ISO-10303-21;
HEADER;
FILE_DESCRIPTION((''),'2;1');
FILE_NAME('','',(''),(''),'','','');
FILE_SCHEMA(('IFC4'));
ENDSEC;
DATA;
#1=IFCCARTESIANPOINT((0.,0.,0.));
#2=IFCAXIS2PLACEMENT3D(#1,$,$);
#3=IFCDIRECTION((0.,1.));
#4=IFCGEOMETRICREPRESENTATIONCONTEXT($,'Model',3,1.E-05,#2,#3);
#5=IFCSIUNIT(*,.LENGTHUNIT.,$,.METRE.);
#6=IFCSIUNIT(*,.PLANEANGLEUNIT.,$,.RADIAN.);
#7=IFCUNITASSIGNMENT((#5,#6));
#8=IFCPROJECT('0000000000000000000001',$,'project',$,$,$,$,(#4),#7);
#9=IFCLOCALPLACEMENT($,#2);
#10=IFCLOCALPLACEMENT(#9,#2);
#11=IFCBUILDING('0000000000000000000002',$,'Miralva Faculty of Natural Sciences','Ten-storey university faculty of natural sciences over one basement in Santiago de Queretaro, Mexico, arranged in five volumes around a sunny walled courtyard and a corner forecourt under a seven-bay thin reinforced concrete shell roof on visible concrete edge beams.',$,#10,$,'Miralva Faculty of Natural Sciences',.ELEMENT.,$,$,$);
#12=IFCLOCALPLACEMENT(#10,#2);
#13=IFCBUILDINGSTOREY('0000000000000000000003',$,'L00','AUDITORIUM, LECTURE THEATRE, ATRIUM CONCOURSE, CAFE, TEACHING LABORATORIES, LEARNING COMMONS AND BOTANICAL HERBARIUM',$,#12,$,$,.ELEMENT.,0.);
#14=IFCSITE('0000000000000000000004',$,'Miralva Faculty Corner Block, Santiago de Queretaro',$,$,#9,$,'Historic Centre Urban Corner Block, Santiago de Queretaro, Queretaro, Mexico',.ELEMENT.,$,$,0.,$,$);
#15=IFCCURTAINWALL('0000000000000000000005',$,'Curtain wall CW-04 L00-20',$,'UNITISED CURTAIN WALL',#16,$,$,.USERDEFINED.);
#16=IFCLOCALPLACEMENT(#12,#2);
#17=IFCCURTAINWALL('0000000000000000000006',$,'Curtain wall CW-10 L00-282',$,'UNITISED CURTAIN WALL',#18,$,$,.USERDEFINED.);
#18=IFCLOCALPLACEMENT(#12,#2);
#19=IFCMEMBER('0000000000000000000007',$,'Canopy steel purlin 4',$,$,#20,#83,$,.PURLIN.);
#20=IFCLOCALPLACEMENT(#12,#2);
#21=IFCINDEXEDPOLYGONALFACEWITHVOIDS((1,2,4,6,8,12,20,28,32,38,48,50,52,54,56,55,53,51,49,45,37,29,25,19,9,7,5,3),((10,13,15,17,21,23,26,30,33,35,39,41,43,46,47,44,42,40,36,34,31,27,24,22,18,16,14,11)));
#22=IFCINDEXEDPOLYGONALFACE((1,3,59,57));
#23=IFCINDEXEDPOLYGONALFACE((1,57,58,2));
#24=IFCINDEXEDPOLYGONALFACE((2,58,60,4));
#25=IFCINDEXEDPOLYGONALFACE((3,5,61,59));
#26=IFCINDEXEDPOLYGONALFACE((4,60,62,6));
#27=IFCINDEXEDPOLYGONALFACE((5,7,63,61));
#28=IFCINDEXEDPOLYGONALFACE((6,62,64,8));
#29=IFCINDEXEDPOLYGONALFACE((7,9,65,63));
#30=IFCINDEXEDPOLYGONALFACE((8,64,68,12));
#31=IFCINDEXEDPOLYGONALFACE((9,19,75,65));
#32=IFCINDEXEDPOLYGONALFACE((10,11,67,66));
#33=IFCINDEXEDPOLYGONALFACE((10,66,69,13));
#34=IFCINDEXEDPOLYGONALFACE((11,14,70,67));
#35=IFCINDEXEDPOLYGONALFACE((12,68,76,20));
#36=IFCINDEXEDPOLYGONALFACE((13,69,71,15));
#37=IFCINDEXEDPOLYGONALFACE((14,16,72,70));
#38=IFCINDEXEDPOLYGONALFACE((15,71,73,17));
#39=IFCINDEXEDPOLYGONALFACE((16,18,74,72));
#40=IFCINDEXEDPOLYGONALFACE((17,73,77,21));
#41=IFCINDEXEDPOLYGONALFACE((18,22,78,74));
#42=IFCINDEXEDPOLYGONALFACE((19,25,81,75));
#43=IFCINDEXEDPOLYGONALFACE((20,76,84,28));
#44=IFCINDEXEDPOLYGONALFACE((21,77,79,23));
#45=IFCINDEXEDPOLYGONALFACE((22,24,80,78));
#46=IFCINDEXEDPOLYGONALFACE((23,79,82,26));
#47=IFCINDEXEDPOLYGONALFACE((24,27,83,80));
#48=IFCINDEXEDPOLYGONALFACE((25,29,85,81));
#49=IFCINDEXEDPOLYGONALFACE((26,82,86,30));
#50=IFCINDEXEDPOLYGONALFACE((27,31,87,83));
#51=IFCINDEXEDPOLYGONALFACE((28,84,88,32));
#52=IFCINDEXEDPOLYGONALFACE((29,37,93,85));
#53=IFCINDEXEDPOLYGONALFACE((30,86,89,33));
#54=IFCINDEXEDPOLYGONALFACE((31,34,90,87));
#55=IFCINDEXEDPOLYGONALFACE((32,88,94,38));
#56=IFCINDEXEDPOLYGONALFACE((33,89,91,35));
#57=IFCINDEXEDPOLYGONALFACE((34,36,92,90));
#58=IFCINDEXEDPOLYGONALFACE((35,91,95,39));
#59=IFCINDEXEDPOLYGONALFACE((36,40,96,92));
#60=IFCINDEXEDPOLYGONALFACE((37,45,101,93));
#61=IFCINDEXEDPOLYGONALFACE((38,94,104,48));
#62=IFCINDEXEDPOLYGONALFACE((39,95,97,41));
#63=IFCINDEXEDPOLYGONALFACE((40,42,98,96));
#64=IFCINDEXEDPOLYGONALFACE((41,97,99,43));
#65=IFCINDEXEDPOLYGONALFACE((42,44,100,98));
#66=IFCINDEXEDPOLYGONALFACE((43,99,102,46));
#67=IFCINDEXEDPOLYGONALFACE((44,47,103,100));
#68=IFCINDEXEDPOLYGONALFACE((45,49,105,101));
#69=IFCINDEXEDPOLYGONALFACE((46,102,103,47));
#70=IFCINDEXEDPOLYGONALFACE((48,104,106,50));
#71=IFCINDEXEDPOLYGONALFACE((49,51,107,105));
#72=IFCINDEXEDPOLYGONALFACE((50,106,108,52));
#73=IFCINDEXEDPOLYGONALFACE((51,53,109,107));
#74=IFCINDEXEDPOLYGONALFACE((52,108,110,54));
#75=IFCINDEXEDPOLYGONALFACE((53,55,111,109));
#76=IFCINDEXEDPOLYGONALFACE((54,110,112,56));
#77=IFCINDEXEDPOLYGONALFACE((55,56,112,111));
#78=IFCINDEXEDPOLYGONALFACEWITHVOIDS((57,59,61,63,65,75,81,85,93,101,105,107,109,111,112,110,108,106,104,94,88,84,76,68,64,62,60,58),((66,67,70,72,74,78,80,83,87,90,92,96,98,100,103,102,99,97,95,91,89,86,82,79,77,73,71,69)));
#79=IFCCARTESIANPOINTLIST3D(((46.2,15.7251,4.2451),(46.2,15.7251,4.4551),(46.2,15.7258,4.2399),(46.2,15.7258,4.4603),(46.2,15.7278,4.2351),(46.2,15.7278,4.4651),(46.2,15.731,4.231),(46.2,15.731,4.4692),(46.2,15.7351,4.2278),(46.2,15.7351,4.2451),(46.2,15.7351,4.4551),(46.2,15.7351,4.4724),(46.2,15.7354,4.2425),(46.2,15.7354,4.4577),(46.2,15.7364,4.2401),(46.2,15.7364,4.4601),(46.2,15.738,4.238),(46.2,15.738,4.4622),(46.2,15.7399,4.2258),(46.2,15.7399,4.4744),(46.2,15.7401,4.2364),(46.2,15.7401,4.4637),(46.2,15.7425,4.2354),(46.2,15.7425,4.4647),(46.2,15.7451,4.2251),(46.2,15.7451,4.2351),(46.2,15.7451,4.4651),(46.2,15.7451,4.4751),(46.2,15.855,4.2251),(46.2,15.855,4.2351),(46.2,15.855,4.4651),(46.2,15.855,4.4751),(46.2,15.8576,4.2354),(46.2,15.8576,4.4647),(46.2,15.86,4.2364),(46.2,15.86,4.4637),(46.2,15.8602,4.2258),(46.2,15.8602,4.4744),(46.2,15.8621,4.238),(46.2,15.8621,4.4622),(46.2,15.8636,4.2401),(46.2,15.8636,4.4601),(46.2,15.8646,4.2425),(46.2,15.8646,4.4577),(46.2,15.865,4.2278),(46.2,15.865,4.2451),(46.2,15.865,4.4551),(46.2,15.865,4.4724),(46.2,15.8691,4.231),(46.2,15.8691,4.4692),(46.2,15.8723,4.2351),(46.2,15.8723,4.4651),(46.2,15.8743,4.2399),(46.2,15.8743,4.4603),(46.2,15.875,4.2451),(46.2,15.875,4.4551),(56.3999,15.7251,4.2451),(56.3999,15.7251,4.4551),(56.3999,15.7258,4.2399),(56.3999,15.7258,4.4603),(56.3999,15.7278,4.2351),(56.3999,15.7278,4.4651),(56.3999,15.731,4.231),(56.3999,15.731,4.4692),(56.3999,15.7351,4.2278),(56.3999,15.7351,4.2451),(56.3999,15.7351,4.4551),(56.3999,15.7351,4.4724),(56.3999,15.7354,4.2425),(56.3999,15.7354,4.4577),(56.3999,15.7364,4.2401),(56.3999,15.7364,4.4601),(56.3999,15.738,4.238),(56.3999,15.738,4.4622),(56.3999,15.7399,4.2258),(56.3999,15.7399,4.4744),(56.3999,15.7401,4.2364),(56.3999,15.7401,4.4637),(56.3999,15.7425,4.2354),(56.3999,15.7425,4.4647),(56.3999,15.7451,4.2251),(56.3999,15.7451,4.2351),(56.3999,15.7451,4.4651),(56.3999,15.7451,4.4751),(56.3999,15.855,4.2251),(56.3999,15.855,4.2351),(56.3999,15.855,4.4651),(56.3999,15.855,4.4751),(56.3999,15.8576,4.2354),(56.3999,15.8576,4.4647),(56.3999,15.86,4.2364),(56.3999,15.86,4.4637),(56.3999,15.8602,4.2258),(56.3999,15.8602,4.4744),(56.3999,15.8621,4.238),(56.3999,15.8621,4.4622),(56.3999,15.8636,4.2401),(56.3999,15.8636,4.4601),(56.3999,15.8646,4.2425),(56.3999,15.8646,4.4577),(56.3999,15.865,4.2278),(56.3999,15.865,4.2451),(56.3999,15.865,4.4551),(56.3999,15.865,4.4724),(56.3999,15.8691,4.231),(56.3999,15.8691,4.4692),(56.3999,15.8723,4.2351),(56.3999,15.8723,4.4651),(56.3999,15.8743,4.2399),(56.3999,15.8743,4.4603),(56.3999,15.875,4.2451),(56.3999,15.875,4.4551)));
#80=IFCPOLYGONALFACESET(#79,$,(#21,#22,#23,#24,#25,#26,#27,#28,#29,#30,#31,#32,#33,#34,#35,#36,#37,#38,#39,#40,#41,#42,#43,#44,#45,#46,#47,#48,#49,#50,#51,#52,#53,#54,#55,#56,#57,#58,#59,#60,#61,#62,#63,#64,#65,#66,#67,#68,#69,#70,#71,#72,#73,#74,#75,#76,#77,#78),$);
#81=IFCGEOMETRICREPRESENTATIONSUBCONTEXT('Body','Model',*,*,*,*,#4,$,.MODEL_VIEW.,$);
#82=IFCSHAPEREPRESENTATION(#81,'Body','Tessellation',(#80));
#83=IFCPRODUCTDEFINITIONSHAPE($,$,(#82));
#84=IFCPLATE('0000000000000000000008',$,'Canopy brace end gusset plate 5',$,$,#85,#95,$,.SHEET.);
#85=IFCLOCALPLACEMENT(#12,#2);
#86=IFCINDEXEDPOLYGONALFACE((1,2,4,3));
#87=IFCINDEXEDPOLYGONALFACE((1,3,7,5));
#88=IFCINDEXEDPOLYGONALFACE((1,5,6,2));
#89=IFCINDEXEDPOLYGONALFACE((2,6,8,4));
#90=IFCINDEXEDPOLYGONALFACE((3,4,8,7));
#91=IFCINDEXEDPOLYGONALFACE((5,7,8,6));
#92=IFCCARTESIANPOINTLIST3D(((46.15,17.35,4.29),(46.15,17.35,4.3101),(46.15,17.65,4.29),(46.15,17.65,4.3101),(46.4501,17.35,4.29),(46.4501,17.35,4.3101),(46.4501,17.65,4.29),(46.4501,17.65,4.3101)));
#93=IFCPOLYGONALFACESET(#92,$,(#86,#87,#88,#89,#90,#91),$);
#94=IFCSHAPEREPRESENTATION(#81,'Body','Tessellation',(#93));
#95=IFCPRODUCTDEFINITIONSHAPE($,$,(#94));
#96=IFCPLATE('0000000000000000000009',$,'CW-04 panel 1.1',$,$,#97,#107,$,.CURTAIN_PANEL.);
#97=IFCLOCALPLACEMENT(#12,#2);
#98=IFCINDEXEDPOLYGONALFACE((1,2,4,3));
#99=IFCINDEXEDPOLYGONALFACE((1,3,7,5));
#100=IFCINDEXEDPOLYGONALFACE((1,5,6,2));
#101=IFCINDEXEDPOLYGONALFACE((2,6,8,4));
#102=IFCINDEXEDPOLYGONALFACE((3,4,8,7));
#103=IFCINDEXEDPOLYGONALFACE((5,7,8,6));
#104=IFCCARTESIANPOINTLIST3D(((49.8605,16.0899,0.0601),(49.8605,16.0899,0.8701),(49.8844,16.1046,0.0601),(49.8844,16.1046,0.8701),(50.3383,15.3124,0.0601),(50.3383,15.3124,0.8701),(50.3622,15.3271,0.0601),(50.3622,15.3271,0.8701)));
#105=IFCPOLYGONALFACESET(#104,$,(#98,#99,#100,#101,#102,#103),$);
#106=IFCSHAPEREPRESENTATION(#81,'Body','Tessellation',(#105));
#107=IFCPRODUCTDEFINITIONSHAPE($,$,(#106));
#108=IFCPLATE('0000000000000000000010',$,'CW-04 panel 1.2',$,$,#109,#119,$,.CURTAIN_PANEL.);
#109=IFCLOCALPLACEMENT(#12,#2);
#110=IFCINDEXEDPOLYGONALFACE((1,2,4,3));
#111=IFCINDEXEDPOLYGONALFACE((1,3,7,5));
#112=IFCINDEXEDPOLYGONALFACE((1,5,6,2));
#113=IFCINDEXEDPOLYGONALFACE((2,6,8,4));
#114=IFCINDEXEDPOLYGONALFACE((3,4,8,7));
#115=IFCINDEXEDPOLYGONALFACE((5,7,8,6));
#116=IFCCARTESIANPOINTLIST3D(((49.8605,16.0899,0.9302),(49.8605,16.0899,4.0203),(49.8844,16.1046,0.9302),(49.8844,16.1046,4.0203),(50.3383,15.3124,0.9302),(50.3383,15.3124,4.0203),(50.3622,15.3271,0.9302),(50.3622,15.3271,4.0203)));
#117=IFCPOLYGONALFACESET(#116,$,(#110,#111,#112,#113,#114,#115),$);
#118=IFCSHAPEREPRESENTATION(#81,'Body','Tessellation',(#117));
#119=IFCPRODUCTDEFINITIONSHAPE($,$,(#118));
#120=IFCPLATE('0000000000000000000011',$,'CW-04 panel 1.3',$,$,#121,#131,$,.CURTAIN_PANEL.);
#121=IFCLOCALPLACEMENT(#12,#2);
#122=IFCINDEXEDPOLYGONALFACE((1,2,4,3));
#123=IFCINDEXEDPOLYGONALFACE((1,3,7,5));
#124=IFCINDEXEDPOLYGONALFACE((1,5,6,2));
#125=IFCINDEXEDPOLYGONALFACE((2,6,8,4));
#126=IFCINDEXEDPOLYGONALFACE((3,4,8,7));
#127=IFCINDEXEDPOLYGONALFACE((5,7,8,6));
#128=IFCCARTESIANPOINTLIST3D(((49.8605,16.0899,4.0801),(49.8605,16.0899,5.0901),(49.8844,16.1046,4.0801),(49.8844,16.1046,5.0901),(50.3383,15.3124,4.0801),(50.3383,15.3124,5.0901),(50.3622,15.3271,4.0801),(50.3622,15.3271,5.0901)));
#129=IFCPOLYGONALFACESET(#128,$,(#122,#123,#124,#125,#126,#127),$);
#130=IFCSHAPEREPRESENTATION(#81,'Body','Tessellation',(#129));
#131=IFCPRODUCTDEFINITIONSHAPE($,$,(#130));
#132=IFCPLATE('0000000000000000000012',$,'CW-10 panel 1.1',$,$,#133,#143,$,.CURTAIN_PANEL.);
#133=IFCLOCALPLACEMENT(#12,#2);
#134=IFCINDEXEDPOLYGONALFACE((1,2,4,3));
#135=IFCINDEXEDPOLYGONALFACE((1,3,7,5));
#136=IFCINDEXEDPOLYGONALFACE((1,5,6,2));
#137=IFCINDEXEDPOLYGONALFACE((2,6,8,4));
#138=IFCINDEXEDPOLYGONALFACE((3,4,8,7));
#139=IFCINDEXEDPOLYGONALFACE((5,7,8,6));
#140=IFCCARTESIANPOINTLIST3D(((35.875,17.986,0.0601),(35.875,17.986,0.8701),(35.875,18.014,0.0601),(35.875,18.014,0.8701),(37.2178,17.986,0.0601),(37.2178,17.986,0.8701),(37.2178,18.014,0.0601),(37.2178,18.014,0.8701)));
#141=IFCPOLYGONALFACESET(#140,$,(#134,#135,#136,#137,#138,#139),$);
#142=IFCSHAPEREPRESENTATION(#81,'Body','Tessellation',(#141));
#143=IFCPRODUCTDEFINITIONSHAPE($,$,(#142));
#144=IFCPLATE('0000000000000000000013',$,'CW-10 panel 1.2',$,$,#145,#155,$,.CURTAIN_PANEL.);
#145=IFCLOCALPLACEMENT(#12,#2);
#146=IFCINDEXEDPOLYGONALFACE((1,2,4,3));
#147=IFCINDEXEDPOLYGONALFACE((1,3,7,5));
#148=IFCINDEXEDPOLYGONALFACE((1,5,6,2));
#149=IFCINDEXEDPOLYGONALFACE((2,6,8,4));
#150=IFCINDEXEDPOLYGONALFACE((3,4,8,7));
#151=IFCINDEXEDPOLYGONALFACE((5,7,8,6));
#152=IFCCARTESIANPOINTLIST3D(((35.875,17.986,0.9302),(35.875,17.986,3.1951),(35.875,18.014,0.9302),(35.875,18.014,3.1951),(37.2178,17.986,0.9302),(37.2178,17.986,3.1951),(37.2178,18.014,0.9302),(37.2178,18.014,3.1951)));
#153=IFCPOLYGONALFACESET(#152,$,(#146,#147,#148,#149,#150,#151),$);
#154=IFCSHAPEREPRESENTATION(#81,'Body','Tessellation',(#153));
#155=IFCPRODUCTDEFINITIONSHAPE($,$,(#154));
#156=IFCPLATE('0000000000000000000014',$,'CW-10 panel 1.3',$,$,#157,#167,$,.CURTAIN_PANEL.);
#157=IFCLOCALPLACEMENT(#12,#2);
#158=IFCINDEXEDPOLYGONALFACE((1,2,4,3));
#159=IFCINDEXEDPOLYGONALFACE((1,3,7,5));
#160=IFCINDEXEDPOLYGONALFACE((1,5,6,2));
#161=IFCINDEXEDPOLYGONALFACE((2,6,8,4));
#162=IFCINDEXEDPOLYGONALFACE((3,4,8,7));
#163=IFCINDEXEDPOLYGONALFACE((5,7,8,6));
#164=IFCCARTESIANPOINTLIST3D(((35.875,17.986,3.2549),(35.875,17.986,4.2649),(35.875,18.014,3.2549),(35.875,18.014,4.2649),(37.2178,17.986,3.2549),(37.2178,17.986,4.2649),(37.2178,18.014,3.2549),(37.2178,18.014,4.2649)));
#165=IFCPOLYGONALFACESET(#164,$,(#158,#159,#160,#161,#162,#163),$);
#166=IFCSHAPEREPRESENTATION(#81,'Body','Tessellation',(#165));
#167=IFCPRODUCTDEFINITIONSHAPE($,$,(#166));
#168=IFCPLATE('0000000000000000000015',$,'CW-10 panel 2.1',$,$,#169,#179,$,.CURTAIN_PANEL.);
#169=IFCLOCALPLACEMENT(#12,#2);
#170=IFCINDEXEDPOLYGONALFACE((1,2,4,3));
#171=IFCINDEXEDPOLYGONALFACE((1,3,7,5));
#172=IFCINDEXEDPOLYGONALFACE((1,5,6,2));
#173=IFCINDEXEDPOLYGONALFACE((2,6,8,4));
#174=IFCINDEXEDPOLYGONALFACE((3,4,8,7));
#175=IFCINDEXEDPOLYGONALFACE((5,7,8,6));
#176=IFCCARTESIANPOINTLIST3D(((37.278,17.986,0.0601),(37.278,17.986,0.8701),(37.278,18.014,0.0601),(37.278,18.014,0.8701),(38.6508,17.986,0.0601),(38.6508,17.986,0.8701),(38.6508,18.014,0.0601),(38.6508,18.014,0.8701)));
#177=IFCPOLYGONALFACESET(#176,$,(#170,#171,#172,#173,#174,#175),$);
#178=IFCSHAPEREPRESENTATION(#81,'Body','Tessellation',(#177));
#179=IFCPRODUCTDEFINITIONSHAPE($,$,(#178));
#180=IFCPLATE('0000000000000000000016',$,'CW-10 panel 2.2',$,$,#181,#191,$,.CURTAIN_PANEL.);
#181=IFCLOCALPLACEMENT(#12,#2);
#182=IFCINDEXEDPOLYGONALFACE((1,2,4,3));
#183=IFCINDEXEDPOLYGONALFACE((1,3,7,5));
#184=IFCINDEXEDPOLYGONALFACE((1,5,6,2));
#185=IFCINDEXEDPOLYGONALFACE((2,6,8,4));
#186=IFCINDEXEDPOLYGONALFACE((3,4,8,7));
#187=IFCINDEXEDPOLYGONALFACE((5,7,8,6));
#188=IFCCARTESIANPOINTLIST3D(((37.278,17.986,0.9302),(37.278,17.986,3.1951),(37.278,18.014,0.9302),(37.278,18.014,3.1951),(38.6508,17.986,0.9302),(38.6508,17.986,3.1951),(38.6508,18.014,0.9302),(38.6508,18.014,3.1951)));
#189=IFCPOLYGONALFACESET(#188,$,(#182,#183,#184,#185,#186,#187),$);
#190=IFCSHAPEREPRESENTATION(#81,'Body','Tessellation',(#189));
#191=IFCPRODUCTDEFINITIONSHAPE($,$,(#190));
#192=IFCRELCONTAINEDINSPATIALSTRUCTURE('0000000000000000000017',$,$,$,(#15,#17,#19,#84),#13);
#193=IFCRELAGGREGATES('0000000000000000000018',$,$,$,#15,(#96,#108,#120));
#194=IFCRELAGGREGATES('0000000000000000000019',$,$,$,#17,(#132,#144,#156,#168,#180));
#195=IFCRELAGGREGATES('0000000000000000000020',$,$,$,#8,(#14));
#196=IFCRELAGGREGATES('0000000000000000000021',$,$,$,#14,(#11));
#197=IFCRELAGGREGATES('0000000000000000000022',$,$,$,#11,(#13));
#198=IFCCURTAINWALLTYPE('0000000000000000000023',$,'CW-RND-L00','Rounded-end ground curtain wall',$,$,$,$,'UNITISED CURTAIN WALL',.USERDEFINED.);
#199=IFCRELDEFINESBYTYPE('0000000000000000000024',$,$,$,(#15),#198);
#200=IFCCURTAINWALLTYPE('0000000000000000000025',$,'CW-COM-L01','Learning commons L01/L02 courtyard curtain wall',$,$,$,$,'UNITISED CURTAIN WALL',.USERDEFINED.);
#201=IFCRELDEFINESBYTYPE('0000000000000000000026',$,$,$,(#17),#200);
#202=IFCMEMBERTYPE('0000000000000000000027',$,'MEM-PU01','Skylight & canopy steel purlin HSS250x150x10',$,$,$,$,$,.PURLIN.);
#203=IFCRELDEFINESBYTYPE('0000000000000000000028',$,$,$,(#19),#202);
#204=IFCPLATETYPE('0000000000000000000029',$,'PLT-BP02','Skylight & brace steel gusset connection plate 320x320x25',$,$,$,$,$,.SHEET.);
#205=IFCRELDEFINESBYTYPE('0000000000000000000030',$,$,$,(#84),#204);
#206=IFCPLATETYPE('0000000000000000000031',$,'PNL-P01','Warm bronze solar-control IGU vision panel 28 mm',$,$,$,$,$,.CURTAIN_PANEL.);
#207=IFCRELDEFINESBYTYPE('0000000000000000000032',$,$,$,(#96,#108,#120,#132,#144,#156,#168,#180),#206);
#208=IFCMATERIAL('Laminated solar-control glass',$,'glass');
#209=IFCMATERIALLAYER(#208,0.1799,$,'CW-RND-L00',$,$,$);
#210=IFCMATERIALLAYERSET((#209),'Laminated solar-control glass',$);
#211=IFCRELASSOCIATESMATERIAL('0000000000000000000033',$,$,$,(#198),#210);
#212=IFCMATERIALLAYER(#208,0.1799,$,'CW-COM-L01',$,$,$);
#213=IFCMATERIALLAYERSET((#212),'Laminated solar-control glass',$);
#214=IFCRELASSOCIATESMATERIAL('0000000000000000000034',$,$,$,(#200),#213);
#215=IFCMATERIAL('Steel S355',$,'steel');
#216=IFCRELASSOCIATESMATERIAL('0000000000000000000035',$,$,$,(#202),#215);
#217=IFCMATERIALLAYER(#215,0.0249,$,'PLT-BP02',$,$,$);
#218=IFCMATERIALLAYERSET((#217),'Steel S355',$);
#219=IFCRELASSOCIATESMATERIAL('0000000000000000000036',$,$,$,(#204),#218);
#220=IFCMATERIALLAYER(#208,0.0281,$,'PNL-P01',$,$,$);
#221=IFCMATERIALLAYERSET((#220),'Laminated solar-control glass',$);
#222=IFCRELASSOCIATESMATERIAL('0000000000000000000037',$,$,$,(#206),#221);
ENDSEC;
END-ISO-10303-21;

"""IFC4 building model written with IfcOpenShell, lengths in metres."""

from ifc_helpers import new_model, si_unit, direction, frame, origin, origin_2d, place, context, subcontext, project, spatial, rectangle, hollow_rectangle, extrude, material, layer, layer_set, material_profile, profile_set, type_object, element, aggregate, save


model = new_model("IFC4")

# Units and contexts
model_context = context("Model", 3, precision=1e-05, world=origin(), true_north=direction((0.0, 1.0)))
body_context = subcontext(model_context, "Body", "Model", "MODEL_VIEW")
ifc_project = project(units=[si_unit("LENGTHUNIT", "METRE"), si_unit("PLANEANGLEUNIT", "RADIAN")], contexts=[model_context])

# Site, building, storey
site_placement = place(None, origin())
site = spatial("IfcSite", under=ifc_project, at=site_placement, Name="Miralva Faculty Corner Block, Santiago de Queretaro", LongName="Historic Centre Urban Corner Block, Santiago de Queretaro, Queretaro, Mexico", CompositionType="ELEMENT", RefElevation=0.0)
building_placement = place(site_placement, origin())
building = spatial("IfcBuilding", under=site, at=building_placement, Name="Miralva Faculty of Natural Sciences", Description="Ten-storey university faculty of natural sciences over one basement in Santiago de Queretaro, Mexico, arranged in five volumes around a sunny walled courtyard and a corner forecourt under a seven-bay thin reinforced concrete shell roof on visible concrete edge beams.", LongName="Miralva Faculty of Natural Sciences", CompositionType="ELEMENT")
storey_placement = place(building_placement, origin())
storey = spatial("IfcBuildingStorey", under=building, at=storey_placement, Name="L00", Description="AUDITORIUM, LECTURE THEATRE, ATRIUM CONCOURSE, CAFE, TEACHING LABORATORIES, LEARNING COMMONS AND BOTANICAL HERBARIUM", CompositionType="ELEMENT", Elevation=0.0)

# Curtain walls
ifc_material_1 = material(Name="Laminated solar-control glass", Category="glass")
ifc_layer_1 = layer(ifc_material_1, 0.1799, Name="CW-RND-L00")
ifc_layer_set_1 = layer_set([ifc_layer_1], Name="Laminated solar-control glass")
curtain_wall_type_1 = type_object("IfcCurtainWallType", Name="CW-RND-L00", Description="Rounded-end ground curtain wall", ElementType="UNITISED CURTAIN WALL", PredefinedType="USERDEFINED", material=ifc_layer_set_1)
curtain_wall_1_placement = place(storey_placement, origin())
curtain_wall_1 = element("IfcCurtainWall", 1, at=curtain_wall_1_placement, inside=storey, type_object=curtain_wall_type_1, Name="Curtain wall CW-04 L00-20", ObjectType="UNITISED CURTAIN WALL", PredefinedType="USERDEFINED")
ifc_layer_2 = layer(ifc_material_1, 0.1799, Name="CW-COM-L01")
ifc_layer_set_2 = layer_set([ifc_layer_2], Name="Laminated solar-control glass")
curtain_wall_type_2 = type_object("IfcCurtainWallType", Name="CW-COM-L01", Description="Learning commons L01/L02 courtyard curtain wall", ElementType="UNITISED CURTAIN WALL", PredefinedType="USERDEFINED", material=ifc_layer_set_2)
curtain_wall_2_placement = place(storey_placement, origin())
curtain_wall_2 = element("IfcCurtainWall", 2, at=curtain_wall_2_placement, inside=storey, type_object=curtain_wall_type_2, Name="Curtain wall CW-10 L00-282", ObjectType="UNITISED CURTAIN WALL", PredefinedType="USERDEFINED")

# Member
ifc_material_2 = material(Name="Steel S355", Category="steel")
ifc_material_profile_1 = material_profile(ifc_material_2, hollow_rectangle(XDim=0.1499, YDim=0.25, WallThickness=0.01, InnerFilletRadius=0.01, OuterFilletRadius=0.02, at=origin_2d()), Name="HSS 250x150x10")
ifc_profile_set_1 = profile_set([ifc_material_profile_1], Name="Steel S355")
member_type_1 = type_object("IfcMemberType", Name="MEM-PU01", Description="Skylight & canopy steel purlin HSS250x150x10", PredefinedType="PURLIN", material=ifc_profile_set_1)
member_1_placement = place(storey_placement, frame((46.2, 15.8, 4.3501), z_axis=(1.0, 0.0, 0.0), x_axis=(0.0, 1.0, 0.0)))
element("IfcMember", 3, at=member_1_placement, inside=storey, type_object=member_type_1, Name="Canopy steel purlin 4", PredefinedType="PURLIN", context=body_context, shape_type="SweptSolid", body=[
    extrude(hollow_rectangle(XDim=0.1499, YDim=0.25, WallThickness=0.01, InnerFilletRadius=0.01, OuterFilletRadius=0.02, at=origin_2d()), origin(), (0.0, 0.0, 1.0), 10.2),
])

# Plates
ifc_layer_3 = layer(ifc_material_2, 0.0249, Name="PLT-BP02")
ifc_layer_set_3 = layer_set([ifc_layer_3], Name="Steel S355")
plate_type_1 = type_object("IfcPlateType", Name="PLT-BP02", Description="Skylight & brace steel gusset connection plate 320x320x25", PredefinedType="SHEET", material=ifc_layer_set_3)
plate_1_placement = place(storey_placement, frame((46.3, 17.5, 4.29), z_axis=(0.0, 0.0, 1.0), x_axis=(1.0, 0.0, 0.0)))
element("IfcPlate", 4, at=plate_1_placement, inside=storey, type_object=plate_type_1, Name="Canopy brace end gusset plate 5", PredefinedType="SHEET", context=body_context, shape_type="SweptSolid", body=[
    extrude(rectangle(XDim=0.3, YDim=0.3, at=origin_2d()), origin(), (0.0, 0.0, 1.0), 0.02),
])
ifc_layer_4 = layer(ifc_material_1, 0.0281, Name="PNL-P01")
ifc_layer_set_4 = layer_set([ifc_layer_4], Name="Laminated solar-control glass")
plate_type_2 = type_object("IfcPlateType", Name="PNL-P01", Description="Warm bronze solar-control IGU vision panel 28 mm", PredefinedType="CURTAIN_PANEL", material=ifc_layer_set_4)
plate_2_placement = place(storey_placement, frame((50.1113, 15.7085, 0.0601), z_axis=(0.0, 0.0, 1.0), x_axis=(0.523551, -0.851995, 0.0)))
plate_2 = element("IfcPlate", 5, at=plate_2_placement, type_object=plate_type_2, Name="CW-04 panel 1.1", PredefinedType="CURTAIN_PANEL", context=body_context, shape_type="SweptSolid", body=[
    extrude(rectangle(XDim=0.9126, YDim=0.0281, at=origin_2d()), origin(), (0.0, 0.0, 1.0), 0.8101),
])
plate_3_placement = place(storey_placement, frame((50.1113, 15.7085, 0.9302), z_axis=(0.0, 0.0, 1.0), x_axis=(0.523551, -0.851995, 0.0)))
plate_3 = element("IfcPlate", 6, at=plate_3_placement, type_object=plate_type_2, Name="CW-04 panel 1.2", PredefinedType="CURTAIN_PANEL", context=body_context, shape_type="SweptSolid", body=[
    extrude(rectangle(XDim=0.9126, YDim=0.0281, at=origin_2d()), origin(), (0.0, 0.0, 1.0), 3.0901),
])
plate_4_placement = place(storey_placement, frame((50.1113, 15.7085, 4.0801), z_axis=(0.0, 0.0, 1.0), x_axis=(0.523551, -0.851995, 0.0)))
plate_4 = element("IfcPlate", 7, at=plate_4_placement, type_object=plate_type_2, Name="CW-04 panel 1.3", PredefinedType="CURTAIN_PANEL", context=body_context, shape_type="SweptSolid", body=[
    extrude(rectangle(XDim=0.9126, YDim=0.0281, at=origin_2d()), origin(), (0.0, 0.0, 1.0), 1.01),
])
aggregate(curtain_wall_1, [plate_2, plate_3, plate_4])
plate_5_placement = place(storey_placement, frame((36.5464, 18.0, 0.0601), z_axis=(0.0, 0.0, 1.0), x_axis=(1.0, 0.0, 0.0)))
plate_5 = element("IfcPlate", 8, at=plate_5_placement, type_object=plate_type_2, Name="CW-10 panel 1.1", PredefinedType="CURTAIN_PANEL", context=body_context, shape_type="SweptSolid", body=[
    extrude(rectangle(XDim=1.3428, YDim=0.0281, at=origin_2d()), origin(), (0.0, 0.0, 1.0), 0.8101),
])
plate_6_placement = place(storey_placement, frame((36.5464, 18.0, 0.9302), z_axis=(0.0, 0.0, 1.0), x_axis=(1.0, 0.0, 0.0)))
plate_6 = element("IfcPlate", 9, at=plate_6_placement, type_object=plate_type_2, Name="CW-10 panel 1.2", PredefinedType="CURTAIN_PANEL", context=body_context, shape_type="SweptSolid", body=[
    extrude(rectangle(XDim=1.3428, YDim=0.0281, at=origin_2d()), origin(), (0.0, 0.0, 1.0), 2.2649),
])
plate_7_placement = place(storey_placement, frame((36.5464, 18.0, 3.2549), z_axis=(0.0, 0.0, 1.0), x_axis=(1.0, 0.0, 0.0)))
plate_7 = element("IfcPlate", 10, at=plate_7_placement, type_object=plate_type_2, Name="CW-10 panel 1.3", PredefinedType="CURTAIN_PANEL", context=body_context, shape_type="SweptSolid", body=[
    extrude(rectangle(XDim=1.3428, YDim=0.0281, at=origin_2d()), origin(), (0.0, 0.0, 1.0), 1.01),
])
plate_8_placement = place(storey_placement, frame((37.9644, 18.0, 0.0601), z_axis=(0.0, 0.0, 1.0), x_axis=(1.0, 0.0, 0.0)))
plate_8 = element("IfcPlate", 11, at=plate_8_placement, type_object=plate_type_2, Name="CW-10 panel 2.1", PredefinedType="CURTAIN_PANEL", context=body_context, shape_type="SweptSolid", body=[
    extrude(rectangle(XDim=1.3728, YDim=0.0281, at=origin_2d()), origin(), (0.0, 0.0, 1.0), 0.8101),
])
plate_9_placement = place(storey_placement, frame((37.9644, 18.0, 0.9302), z_axis=(0.0, 0.0, 1.0), x_axis=(1.0, 0.0, 0.0)))
plate_9 = element("IfcPlate", 12, at=plate_9_placement, type_object=plate_type_2, Name="CW-10 panel 2.2", PredefinedType="CURTAIN_PANEL", context=body_context, shape_type="SweptSolid", body=[
    extrude(rectangle(XDim=1.3728, YDim=0.0281, at=origin_2d()), origin(), (0.0, 0.0, 1.0), 2.2649),
])
aggregate(curtain_wall_2, [plate_5, plate_6, plate_7, plate_8, plate_9])

save(model, "model.ifc")
